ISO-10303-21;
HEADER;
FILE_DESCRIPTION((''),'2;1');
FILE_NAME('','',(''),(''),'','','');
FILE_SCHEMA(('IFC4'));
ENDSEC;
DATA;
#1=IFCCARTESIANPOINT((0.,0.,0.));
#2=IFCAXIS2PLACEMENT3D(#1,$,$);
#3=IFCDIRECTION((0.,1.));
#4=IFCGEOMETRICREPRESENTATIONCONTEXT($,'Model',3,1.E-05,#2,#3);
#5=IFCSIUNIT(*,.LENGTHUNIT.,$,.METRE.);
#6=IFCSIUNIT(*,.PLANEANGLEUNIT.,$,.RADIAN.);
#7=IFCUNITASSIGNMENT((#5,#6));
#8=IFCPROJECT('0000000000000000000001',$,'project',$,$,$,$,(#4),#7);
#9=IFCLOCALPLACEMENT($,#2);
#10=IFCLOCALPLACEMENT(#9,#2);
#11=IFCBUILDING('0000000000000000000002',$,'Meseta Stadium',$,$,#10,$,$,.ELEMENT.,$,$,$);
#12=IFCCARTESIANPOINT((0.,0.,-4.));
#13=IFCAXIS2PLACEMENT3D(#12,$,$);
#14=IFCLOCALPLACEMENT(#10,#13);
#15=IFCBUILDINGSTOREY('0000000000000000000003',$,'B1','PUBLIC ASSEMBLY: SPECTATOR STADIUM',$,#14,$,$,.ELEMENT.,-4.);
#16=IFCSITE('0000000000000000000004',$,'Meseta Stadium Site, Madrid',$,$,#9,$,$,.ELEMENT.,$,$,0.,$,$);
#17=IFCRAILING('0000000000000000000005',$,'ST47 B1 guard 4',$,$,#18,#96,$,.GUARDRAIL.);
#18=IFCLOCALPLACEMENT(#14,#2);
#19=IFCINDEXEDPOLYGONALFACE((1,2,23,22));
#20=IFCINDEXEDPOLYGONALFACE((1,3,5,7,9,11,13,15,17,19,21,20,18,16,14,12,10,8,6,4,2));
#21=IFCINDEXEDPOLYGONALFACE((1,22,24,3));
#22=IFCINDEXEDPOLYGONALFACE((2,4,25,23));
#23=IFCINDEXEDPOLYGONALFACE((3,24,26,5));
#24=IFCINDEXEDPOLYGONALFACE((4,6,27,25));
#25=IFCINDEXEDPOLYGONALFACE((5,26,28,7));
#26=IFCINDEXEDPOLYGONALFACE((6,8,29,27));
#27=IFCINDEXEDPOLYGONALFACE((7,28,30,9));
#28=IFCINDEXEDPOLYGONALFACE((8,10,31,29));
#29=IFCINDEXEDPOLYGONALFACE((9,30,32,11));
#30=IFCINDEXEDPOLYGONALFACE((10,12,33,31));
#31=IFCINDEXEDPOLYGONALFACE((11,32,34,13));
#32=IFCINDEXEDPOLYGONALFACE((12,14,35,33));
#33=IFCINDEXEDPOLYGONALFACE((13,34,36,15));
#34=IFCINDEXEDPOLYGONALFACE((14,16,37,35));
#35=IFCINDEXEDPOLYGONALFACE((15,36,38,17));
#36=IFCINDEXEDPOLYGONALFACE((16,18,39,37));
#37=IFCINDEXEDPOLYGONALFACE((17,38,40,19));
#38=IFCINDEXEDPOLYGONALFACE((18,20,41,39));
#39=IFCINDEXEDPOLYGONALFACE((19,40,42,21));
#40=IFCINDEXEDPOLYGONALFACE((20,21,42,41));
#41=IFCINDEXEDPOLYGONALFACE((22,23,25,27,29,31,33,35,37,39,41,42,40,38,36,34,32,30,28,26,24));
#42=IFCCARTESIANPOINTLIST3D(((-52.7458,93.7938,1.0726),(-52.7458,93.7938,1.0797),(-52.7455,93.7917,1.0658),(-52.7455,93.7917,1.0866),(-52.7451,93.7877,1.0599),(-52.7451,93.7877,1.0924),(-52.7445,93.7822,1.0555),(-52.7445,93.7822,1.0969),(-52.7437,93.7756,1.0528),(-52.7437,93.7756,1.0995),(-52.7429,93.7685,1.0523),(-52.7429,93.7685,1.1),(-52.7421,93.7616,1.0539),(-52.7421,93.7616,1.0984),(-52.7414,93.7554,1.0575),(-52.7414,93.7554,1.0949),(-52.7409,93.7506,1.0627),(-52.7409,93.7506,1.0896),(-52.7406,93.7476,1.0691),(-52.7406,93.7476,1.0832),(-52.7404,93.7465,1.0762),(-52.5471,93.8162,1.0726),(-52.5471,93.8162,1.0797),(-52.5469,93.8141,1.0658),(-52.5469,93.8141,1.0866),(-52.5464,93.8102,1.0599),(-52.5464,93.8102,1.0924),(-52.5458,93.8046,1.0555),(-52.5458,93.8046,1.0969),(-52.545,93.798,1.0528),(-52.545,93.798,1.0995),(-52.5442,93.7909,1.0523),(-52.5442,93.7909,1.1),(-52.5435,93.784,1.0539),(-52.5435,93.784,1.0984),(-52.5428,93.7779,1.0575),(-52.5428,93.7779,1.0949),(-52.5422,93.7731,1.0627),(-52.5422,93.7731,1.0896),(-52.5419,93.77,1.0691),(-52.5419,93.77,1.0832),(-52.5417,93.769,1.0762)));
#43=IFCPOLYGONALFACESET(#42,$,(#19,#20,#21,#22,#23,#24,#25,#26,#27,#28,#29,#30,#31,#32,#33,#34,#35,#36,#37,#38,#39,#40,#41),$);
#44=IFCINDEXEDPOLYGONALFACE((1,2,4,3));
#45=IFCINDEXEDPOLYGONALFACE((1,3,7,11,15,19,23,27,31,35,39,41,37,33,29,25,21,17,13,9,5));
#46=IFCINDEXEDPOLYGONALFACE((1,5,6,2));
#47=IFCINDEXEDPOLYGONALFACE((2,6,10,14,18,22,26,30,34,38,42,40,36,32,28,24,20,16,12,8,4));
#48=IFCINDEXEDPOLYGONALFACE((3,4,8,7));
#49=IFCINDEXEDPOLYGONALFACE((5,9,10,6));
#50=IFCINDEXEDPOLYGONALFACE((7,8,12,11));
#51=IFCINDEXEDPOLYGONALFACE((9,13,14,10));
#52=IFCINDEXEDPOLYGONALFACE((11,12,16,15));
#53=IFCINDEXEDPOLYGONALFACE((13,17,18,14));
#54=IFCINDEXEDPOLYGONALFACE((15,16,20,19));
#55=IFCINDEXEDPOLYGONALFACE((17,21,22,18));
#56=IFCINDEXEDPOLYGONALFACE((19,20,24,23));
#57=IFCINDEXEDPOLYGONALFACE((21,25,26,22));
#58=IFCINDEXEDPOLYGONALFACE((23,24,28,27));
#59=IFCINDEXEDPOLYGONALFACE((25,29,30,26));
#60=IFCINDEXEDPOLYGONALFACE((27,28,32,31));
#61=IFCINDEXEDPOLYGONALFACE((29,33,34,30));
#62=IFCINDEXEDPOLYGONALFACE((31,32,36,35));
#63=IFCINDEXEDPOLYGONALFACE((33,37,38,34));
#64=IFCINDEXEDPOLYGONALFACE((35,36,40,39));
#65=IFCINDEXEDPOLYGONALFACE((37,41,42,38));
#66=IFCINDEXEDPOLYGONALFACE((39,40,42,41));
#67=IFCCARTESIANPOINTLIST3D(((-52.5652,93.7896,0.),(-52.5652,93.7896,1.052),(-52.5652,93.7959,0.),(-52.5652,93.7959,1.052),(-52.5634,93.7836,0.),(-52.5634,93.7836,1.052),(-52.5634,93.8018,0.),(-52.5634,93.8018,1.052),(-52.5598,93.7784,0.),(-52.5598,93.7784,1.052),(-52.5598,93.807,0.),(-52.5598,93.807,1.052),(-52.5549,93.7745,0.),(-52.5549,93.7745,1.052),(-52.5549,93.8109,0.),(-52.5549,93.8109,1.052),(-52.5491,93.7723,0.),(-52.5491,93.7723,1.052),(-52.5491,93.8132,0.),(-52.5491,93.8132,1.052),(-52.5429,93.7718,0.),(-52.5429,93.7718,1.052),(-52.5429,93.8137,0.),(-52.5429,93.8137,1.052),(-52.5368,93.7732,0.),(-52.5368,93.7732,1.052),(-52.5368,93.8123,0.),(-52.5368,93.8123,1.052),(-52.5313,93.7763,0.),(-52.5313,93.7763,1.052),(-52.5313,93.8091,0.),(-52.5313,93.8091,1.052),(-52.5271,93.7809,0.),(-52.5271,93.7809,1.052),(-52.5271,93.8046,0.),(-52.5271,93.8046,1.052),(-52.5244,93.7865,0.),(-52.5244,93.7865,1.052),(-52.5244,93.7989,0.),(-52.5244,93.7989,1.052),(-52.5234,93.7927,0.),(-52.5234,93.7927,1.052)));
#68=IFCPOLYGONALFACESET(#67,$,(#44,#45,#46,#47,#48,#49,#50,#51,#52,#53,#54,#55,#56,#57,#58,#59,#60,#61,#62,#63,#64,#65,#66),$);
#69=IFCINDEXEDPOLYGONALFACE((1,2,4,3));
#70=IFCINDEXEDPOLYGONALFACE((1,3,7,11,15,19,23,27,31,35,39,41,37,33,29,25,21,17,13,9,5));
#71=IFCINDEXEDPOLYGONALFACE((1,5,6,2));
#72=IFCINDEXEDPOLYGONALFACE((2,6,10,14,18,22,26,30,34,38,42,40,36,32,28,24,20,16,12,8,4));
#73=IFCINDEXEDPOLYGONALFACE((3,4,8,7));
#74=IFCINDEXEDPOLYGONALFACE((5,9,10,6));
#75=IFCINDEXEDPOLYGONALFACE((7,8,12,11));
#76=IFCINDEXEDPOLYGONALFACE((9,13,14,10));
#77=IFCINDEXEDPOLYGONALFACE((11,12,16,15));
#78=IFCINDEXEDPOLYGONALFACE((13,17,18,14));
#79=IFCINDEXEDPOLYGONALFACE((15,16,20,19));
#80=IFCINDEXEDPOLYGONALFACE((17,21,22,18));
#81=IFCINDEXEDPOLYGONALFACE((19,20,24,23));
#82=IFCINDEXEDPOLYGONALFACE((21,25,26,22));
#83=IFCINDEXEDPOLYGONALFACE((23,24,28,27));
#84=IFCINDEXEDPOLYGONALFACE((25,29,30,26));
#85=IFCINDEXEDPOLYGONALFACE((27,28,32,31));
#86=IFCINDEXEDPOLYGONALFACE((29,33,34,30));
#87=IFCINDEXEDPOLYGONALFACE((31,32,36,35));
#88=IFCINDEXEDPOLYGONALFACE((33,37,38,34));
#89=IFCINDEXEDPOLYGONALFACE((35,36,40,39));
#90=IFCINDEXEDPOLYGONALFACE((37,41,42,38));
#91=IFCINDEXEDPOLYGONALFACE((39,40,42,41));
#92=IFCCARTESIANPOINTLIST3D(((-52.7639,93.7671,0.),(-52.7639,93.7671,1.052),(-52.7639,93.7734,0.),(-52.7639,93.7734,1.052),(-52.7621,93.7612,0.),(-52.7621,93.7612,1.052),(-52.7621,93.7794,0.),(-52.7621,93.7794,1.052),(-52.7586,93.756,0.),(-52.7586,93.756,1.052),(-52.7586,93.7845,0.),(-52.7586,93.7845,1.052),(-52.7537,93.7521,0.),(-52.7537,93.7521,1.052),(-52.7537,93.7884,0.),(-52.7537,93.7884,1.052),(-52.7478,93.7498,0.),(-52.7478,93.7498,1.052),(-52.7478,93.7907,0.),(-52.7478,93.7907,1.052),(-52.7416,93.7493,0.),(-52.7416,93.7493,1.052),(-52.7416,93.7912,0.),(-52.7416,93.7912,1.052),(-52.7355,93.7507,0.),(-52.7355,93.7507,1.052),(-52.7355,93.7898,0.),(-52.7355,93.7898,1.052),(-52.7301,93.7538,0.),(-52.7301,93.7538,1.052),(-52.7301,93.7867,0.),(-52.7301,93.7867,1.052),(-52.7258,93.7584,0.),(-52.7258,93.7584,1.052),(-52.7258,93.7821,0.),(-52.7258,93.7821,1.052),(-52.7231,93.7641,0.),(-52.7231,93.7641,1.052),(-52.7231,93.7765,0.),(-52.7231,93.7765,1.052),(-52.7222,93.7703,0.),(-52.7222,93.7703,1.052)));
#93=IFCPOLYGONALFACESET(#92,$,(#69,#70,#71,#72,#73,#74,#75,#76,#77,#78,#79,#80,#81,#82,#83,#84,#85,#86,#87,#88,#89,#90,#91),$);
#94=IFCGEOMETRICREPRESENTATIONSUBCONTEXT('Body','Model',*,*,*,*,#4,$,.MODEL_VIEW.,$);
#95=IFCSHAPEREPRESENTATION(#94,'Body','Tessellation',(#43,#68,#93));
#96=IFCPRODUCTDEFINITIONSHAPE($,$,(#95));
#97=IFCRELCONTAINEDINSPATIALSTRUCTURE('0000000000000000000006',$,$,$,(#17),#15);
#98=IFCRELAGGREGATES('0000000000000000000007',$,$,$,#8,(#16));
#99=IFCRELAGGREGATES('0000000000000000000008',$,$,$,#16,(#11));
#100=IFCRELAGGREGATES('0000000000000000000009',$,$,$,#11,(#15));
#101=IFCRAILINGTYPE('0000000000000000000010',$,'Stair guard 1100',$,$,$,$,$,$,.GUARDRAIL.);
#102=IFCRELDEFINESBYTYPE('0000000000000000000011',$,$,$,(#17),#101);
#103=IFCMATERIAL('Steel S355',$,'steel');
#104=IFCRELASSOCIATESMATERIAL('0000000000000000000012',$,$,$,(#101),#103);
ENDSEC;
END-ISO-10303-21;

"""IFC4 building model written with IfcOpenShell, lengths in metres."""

from ifc_helpers import new_model, si_unit, direction, frame, origin, origin_2d, place, context, subcontext, project, spatial, circle, extrude, material, type_object, element, save


model = new_model("IFC4")

# Units and contexts
model_context = context("Model", 3, precision=1e-05, world=origin(), true_north=direction((0.0, 1.0)))
body_context = subcontext(model_context, "Body", "Model", "MODEL_VIEW")
ifc_project = project(units=[si_unit("LENGTHUNIT", "METRE"), si_unit("PLANEANGLEUNIT", "RADIAN")], contexts=[model_context])

# Site, building, storey
site_placement = place(None, origin())
site = spatial("IfcSite", under=ifc_project, at=site_placement, Name="Meseta Stadium Site, Madrid", CompositionType="ELEMENT", RefElevation=0.0)
building_placement = place(site_placement, origin())
building = spatial("IfcBuilding", under=site, at=building_placement, Name="Meseta Stadium", CompositionType="ELEMENT")
storey_placement = place(building_placement, frame((0.0, 0.0, -4.0)))
storey = spatial("IfcBuildingStorey", under=building, at=storey_placement, Name="B1", Description="PUBLIC ASSEMBLY: SPECTATOR STADIUM", CompositionType="ELEMENT", Elevation=-4.0)

# Railing
ifc_material_1 = material(Name="Steel S355", Category="steel")
railing_type_1 = type_object("IfcRailingType", Name="Stair guard 1100", PredefinedType="GUARDRAIL", material=ifc_material_1)
railing_1_placement = place(storey_placement, frame((-52.5444, 93.7927, 0.0)))
element("IfcRailing", 1, at=railing_1_placement, inside=storey, type_object=railing_type_1, Name="ST47 B1 guard 4", PredefinedType="GUARDRAIL", context=body_context, shape_type="SweptSolid", body=[
    extrude(circle(Radius=0.0239, at=origin_2d()), frame((0.0, 0.0, 1.0762), z_axis=(-0.993674, -0.112307, 0.0), x_axis=(0.112307, -0.993674, 0.0)), (0.0, 0.0, 1.0), 0.2),
    extrude(circle(Radius=0.021, at=origin_2d()), origin(), (0.0, 0.0, 1.0), 1.052),
    extrude(circle(Radius=0.021, at=origin_2d()), frame((-0.1987, -0.0225, 0.0)), (0.0, 0.0, 1.0), 1.052),
])

save(model, "model.ifc")
